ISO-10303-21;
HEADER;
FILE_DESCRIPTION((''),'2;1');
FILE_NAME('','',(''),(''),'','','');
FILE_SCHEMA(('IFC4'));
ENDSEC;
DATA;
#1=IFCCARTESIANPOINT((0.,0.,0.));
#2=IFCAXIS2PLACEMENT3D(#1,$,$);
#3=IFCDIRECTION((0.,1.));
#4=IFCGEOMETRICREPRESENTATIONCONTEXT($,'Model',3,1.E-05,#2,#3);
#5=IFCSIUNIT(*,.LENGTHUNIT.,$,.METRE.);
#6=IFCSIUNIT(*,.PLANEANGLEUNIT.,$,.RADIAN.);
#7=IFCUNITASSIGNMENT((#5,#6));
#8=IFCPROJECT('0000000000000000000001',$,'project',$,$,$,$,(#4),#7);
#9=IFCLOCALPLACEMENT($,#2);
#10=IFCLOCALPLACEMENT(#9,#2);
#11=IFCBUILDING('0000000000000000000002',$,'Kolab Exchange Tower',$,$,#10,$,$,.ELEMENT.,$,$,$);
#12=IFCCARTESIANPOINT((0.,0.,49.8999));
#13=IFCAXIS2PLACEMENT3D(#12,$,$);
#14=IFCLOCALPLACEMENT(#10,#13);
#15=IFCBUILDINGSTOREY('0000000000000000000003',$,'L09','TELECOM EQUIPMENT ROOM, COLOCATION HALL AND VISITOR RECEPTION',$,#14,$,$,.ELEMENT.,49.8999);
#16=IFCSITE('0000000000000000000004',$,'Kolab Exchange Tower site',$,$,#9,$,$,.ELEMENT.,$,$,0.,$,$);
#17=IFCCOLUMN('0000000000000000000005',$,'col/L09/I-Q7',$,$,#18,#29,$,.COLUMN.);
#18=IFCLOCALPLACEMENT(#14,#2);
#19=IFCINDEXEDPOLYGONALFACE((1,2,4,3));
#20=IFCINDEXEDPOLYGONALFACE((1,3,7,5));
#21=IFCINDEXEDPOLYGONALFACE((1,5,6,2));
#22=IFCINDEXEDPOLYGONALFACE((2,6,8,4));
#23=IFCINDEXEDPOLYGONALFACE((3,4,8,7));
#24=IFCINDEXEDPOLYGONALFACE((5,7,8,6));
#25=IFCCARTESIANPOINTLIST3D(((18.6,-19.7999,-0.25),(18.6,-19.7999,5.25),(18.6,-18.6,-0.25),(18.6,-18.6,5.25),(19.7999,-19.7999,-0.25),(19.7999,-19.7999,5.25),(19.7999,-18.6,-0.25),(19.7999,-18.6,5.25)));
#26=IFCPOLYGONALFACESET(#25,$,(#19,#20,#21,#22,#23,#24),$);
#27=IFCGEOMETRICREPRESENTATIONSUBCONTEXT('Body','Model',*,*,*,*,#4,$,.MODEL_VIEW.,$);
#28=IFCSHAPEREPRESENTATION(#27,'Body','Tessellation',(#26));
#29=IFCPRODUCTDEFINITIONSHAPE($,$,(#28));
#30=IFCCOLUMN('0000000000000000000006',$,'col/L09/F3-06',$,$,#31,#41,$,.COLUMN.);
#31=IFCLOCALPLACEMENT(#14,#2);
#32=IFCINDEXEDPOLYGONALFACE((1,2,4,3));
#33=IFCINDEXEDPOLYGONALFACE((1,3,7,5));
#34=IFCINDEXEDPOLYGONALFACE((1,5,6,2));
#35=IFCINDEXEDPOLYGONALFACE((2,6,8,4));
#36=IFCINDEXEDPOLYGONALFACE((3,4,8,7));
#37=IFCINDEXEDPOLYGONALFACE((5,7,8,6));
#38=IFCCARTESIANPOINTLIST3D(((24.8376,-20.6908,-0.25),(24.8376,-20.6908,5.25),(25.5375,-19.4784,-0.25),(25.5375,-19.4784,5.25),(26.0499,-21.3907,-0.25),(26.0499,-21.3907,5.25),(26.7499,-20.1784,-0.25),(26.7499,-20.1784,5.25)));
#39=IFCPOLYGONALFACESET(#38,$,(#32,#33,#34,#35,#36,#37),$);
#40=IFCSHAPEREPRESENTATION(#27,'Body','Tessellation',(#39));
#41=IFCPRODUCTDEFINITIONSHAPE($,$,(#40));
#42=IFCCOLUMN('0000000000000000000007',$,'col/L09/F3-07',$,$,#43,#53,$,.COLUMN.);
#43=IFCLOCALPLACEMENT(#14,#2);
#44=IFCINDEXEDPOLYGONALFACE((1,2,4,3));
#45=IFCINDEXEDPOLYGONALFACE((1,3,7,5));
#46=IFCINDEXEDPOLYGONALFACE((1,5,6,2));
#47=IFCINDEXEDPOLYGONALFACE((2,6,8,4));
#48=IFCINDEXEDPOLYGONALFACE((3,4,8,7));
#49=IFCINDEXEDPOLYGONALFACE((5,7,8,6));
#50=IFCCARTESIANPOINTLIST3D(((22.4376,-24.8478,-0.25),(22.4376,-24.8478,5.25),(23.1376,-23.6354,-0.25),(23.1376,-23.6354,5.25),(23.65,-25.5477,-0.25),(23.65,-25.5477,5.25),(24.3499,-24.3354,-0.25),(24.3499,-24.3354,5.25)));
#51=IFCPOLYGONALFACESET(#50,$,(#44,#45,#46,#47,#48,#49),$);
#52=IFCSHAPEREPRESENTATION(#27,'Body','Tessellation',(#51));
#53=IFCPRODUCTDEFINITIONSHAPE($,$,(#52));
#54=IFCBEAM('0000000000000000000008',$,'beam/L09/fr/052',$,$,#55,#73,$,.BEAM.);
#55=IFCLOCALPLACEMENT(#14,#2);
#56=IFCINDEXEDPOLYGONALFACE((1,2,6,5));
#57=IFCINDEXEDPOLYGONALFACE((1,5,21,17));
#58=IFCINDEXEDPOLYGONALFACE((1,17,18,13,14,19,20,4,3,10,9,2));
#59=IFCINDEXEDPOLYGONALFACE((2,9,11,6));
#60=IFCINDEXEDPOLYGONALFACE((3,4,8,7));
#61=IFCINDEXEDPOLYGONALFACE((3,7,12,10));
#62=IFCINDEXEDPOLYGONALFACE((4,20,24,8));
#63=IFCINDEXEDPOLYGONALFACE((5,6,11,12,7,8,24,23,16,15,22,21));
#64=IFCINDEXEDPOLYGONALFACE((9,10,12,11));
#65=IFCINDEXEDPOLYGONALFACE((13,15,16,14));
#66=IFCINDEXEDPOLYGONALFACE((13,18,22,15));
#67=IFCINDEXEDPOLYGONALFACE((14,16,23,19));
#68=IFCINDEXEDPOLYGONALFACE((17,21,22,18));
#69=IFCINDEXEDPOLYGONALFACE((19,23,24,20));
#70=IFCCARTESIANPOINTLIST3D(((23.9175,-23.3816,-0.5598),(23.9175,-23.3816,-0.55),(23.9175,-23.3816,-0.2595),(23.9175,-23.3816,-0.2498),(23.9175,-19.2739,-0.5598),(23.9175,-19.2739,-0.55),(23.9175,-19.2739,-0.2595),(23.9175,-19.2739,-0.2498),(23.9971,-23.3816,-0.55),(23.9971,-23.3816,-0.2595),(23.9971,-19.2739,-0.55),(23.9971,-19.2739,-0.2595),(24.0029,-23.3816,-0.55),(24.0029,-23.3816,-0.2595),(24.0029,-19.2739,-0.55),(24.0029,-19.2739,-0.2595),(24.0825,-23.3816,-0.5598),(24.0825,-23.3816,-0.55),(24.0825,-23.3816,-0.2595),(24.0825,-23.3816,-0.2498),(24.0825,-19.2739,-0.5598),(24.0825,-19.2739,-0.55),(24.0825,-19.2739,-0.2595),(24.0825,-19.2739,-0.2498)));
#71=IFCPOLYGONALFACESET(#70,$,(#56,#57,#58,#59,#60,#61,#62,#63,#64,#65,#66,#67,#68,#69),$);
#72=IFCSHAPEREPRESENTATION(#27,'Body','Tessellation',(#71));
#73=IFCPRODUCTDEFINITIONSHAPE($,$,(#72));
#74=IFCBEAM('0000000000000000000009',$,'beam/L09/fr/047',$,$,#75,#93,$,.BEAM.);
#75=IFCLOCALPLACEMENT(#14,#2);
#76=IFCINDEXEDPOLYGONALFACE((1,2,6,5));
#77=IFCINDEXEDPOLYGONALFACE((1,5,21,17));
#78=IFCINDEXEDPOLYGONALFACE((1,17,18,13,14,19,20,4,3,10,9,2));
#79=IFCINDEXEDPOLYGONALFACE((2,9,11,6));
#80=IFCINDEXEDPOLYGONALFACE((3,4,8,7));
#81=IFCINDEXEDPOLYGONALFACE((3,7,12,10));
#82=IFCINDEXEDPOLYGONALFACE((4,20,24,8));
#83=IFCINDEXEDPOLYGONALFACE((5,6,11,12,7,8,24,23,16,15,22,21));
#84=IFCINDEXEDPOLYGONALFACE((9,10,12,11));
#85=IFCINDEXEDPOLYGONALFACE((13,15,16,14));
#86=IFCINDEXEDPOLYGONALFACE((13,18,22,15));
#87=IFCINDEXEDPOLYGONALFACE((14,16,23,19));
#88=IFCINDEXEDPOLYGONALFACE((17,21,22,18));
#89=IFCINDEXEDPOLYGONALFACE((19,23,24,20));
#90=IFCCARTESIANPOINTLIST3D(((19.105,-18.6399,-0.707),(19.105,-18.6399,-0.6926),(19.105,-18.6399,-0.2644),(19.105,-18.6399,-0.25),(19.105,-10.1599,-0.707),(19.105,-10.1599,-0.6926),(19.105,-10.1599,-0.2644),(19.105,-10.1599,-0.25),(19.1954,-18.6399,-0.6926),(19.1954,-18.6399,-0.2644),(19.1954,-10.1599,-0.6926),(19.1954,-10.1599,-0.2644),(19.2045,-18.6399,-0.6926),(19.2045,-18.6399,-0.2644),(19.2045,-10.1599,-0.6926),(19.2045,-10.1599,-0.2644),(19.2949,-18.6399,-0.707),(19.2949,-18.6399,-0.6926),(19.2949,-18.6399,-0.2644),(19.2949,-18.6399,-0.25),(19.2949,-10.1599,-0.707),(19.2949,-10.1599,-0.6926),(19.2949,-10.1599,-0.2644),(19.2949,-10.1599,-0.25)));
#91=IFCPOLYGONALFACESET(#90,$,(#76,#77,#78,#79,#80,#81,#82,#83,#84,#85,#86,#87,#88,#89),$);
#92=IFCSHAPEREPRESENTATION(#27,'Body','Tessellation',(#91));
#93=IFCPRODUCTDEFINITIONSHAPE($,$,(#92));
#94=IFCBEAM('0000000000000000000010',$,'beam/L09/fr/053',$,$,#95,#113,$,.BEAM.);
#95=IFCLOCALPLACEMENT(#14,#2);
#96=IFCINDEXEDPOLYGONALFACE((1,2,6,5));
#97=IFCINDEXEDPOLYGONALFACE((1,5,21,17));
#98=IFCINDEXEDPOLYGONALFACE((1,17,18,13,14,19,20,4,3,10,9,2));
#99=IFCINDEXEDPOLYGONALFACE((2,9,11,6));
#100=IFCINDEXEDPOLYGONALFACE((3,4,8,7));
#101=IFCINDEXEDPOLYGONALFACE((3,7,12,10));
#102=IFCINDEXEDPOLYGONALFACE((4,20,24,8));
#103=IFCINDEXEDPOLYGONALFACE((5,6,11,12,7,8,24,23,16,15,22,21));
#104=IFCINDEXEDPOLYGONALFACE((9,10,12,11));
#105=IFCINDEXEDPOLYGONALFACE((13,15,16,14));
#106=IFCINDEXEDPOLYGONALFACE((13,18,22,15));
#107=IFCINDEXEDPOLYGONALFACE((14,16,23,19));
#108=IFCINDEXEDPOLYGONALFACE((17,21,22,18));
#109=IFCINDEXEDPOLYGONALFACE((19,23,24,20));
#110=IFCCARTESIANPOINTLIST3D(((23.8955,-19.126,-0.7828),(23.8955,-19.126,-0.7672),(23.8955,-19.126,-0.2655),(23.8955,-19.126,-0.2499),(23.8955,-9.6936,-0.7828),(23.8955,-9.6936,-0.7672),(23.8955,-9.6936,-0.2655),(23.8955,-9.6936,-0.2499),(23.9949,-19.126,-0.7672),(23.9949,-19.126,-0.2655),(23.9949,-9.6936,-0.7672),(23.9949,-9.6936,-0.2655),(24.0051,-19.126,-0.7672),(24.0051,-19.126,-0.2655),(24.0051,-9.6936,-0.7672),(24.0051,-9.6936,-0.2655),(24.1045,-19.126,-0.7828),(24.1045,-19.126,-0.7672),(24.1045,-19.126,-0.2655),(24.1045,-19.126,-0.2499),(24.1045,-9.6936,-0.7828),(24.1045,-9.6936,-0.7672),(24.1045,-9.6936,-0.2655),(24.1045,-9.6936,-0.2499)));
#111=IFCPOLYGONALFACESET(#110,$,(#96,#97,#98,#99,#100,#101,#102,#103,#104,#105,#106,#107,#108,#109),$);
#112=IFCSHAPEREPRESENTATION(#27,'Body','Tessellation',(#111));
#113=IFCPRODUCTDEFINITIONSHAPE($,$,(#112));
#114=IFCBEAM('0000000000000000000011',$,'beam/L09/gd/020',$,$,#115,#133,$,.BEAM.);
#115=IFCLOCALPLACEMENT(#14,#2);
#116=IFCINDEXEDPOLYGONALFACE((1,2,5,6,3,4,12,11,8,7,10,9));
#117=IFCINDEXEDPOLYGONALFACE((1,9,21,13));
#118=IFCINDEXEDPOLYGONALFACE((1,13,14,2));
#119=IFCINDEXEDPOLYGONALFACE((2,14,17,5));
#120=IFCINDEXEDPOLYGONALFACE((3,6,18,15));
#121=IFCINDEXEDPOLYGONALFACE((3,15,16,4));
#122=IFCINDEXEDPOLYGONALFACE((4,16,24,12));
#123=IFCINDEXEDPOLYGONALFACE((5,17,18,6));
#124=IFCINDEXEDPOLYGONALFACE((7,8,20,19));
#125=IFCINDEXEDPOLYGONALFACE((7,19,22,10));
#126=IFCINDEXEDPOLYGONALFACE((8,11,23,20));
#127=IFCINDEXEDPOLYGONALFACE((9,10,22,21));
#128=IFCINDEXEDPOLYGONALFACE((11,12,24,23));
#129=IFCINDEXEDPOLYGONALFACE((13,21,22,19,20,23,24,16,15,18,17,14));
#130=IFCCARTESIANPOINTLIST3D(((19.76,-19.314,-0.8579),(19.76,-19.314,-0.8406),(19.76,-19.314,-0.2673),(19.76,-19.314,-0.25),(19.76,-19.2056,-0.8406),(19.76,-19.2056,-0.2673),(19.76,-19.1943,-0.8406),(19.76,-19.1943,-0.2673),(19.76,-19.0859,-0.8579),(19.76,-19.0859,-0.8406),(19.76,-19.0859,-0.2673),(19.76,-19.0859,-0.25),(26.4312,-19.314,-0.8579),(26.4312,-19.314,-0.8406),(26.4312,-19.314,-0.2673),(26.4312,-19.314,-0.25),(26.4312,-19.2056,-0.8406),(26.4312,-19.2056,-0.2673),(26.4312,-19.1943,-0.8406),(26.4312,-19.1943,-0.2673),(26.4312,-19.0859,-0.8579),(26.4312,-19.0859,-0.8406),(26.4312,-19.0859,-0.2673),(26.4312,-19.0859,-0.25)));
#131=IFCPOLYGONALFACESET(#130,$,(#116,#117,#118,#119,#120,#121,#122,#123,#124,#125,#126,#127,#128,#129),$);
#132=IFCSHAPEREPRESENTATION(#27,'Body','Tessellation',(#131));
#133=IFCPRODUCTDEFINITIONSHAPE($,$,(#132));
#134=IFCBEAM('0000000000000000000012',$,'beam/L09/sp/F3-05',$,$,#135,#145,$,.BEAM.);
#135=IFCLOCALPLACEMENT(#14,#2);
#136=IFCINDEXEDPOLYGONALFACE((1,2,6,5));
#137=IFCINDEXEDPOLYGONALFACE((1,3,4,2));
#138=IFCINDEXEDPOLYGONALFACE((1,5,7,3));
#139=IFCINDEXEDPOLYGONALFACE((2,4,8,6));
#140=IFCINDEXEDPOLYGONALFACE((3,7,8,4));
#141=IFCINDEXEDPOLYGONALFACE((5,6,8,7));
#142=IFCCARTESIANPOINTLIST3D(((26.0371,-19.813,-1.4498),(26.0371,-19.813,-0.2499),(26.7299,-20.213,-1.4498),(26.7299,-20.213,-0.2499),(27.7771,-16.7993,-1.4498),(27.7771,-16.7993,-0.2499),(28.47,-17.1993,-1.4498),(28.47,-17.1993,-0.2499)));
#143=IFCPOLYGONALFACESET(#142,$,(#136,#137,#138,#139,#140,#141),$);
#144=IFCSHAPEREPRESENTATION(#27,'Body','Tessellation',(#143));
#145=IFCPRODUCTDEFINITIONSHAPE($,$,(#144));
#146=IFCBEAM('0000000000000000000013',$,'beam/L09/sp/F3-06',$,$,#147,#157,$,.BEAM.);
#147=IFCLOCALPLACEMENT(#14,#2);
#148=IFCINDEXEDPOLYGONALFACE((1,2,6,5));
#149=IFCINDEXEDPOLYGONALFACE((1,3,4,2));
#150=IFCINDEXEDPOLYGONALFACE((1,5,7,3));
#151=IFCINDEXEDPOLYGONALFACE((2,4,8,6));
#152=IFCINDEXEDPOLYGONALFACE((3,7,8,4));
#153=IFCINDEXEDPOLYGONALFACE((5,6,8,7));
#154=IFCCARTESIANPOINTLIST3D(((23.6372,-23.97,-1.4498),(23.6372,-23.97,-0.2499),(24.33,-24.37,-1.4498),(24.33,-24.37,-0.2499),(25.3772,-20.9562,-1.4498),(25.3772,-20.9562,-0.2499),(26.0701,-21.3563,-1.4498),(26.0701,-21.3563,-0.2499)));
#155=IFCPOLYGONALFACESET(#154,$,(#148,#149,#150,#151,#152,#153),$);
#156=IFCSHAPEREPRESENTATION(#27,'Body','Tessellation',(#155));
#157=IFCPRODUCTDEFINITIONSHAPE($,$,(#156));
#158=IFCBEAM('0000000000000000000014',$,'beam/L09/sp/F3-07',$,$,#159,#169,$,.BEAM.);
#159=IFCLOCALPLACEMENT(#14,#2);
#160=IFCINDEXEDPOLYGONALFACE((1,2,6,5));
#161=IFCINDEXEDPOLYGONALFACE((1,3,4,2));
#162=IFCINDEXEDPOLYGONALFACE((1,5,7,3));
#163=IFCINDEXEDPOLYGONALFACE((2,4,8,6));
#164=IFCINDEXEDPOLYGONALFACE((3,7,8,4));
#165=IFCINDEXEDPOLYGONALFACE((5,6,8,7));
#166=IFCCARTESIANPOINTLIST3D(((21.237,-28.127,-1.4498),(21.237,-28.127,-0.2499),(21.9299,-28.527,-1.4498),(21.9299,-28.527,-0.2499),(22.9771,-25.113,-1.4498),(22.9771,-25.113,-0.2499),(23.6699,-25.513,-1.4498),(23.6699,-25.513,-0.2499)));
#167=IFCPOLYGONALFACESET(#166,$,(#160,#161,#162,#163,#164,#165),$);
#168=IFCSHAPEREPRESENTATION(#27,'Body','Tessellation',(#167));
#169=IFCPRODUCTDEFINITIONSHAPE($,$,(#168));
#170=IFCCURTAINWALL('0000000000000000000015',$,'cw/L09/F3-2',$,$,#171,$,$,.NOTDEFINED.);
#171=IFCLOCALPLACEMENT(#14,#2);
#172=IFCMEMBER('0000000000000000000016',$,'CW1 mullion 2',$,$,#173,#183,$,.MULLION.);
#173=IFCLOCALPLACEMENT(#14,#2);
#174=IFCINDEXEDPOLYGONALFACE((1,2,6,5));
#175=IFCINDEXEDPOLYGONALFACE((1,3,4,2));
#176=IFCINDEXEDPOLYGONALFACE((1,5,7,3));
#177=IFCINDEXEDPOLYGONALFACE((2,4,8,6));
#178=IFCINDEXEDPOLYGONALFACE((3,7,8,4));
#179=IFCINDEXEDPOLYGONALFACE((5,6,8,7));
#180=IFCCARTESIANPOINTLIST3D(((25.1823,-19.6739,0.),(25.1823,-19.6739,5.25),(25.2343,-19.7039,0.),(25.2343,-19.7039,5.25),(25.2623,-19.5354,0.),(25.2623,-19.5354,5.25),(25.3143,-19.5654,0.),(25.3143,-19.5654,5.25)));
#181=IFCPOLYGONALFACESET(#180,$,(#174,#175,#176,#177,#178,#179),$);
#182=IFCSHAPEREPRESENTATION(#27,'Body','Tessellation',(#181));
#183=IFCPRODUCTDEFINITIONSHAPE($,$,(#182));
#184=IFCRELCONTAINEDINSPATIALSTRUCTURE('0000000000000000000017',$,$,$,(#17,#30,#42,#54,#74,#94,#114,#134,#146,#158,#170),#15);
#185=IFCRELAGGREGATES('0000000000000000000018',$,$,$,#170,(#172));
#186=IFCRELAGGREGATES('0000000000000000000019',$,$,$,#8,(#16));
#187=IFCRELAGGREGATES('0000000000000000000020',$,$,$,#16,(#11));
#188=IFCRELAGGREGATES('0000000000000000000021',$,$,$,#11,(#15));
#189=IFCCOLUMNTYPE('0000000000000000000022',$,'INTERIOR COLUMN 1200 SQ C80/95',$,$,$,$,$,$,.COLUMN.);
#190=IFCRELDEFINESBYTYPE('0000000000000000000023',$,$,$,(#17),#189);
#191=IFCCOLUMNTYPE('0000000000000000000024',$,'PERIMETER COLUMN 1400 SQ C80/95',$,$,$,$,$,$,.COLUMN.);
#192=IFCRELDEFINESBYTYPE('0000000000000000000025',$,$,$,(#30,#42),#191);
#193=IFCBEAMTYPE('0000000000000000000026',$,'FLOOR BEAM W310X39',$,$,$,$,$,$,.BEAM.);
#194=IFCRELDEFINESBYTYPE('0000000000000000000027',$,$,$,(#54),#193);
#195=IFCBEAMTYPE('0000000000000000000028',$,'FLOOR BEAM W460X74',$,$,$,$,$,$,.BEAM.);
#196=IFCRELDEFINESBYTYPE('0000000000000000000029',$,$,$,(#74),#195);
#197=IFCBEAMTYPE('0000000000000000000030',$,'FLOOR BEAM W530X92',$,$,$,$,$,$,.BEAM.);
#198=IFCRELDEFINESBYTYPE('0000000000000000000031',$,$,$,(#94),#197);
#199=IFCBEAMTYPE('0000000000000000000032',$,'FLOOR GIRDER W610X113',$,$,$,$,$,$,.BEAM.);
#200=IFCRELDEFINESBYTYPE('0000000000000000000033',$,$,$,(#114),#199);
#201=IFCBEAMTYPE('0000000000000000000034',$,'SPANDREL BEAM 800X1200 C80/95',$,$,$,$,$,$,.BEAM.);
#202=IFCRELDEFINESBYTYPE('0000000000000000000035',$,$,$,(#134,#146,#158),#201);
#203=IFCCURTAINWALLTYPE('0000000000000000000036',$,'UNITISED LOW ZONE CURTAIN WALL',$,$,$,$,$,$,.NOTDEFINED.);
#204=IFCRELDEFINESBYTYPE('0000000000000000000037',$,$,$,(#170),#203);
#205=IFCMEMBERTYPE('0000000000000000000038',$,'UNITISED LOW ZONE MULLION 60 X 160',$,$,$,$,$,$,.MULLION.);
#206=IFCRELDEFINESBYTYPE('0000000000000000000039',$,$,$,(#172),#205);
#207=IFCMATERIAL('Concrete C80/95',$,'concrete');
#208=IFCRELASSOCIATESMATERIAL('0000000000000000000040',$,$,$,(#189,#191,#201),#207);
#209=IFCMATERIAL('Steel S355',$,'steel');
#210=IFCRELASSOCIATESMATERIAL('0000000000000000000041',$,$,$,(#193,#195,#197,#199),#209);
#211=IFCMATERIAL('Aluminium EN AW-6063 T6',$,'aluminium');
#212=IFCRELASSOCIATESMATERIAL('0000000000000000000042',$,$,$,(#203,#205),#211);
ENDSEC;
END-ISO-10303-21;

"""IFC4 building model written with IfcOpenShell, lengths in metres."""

from ifc_helpers import new_model, si_unit, direction, frame, origin, origin_2d, place, context, subcontext, project, spatial, rectangle, i_section, extrude, material, material_profile, profile_set, type_object, element, aggregate, save


model = new_model("IFC4")

# Units and contexts
model_context = context("Model", 3, precision=1e-05, world=origin(), true_north=direction((0.0, 1.0)))
body_context = subcontext(model_context, "Body", "Model", "MODEL_VIEW")
ifc_project = project(units=[si_unit("LENGTHUNIT", "METRE"), si_unit("PLANEANGLEUNIT", "RADIAN")], contexts=[model_context])

# Site, building, storey
site_placement = place(None, origin())
site = spatial("IfcSite", under=ifc_project, at=site_placement, Name="Kolab Exchange Tower site", CompositionType="ELEMENT", RefElevation=0.0)
building_placement = place(site_placement, origin())
building = spatial("IfcBuilding", under=site, at=building_placement, Name="Kolab Exchange Tower", CompositionType="ELEMENT")
storey_placement = place(building_placement, frame((0.0, 0.0, 49.8999)))
storey = spatial("IfcBuildingStorey", under=building, at=storey_placement, Name="L09", Description="TELECOM EQUIPMENT ROOM, COLOCATION HALL AND VISITOR RECEPTION", CompositionType="ELEMENT", Elevation=49.8999)

# Columns
ifc_material_1 = material(Name="Concrete C80/95", Category="concrete")
ifc_material_profile_1 = material_profile(ifc_material_1, rectangle(XDim=1.2, YDim=1.2, at=origin_2d()), Name="RC1200")
ifc_profile_set_1 = profile_set([ifc_material_profile_1], Name="Concrete C80/95")
column_type_1 = type_object("IfcColumnType", Name="INTERIOR COLUMN 1200 SQ C80/95", PredefinedType="COLUMN", material=ifc_profile_set_1)
column_placement = place(storey_placement, frame((19.2, -19.2, -0.25), z_axis=(0.0, 0.0, 1.0), x_axis=(1.0, 0.0, 0.0)))
element("IfcColumn", 1, at=column_placement, inside=storey, type_object=column_type_1, Name="col/L09/I-Q7", PredefinedType="COLUMN", context=body_context, shape_type="SweptSolid", body=[
    extrude(rectangle(XDim=1.2, YDim=1.2, at=origin_2d()), origin(), (0.0, 0.0, 1.0), 5.5),
])
ifc_material_profile_2 = material_profile(ifc_material_1, rectangle(XDim=1.3999, YDim=1.3999, at=origin_2d()), Name="RC1400")
ifc_profile_set_2 = profile_set([ifc_material_profile_2], Name="Concrete C80/95")
column_type_2 = type_object("IfcColumnType", Name="PERIMETER COLUMN 1400 SQ C80/95", PredefinedType="COLUMN", material=ifc_profile_set_2)
for number, where, z_axis, x_axis, name in (
    (2, (25.7937, -20.4346, -0.25), (0.0, 0.0, 1.0), (0.5, 0.866025, 0.0), "col/L09/F3-06"),
    (3, (23.3938, -24.5916, -0.25), (0.0, 0.0, 1.0), (0.5, 0.866025, 0.0), "col/L09/F3-07"),
):
    element("IfcColumn", number, at=place(storey_placement, frame(where, z_axis=z_axis, x_axis=x_axis)), inside=storey, type_object=column_type_2, Name=name, PredefinedType="COLUMN", context=body_context, shape_type="SweptSolid", body=[
        extrude(rectangle(XDim=1.3999, YDim=1.3999, at=origin_2d()), origin(), (0.0, 0.0, 1.0), 5.5),
    ])

# Beams
ifc_material_2 = material(Name="Steel S355", Category="steel")
ifc_material_profile_3 = material_profile(ifc_material_2, i_section(OverallWidth=0.165, OverallDepth=0.3101, WebThickness=0.0059, FlangeThickness=0.0098, at=origin_2d()), Name="W310X39")
ifc_profile_set_3 = profile_set([ifc_material_profile_3], Name="Steel S355")
beam_type_1 = type_object("IfcBeamType", Name="FLOOR BEAM W310X39", PredefinedType="BEAM", material=ifc_profile_set_3)
beam_1_placement = place(storey_placement, frame((24.0, -23.3816, -0.4048), z_axis=(0.0, 1.0, 0.0), x_axis=(-1.0, 0.0, 0.0)))
element("IfcBeam", 4, at=beam_1_placement, inside=storey, type_object=beam_type_1, Name="beam/L09/fr/052", PredefinedType="BEAM", context=body_context, shape_type="SweptSolid", body=[
    extrude(i_section(OverallWidth=0.165, OverallDepth=0.3101, WebThickness=0.0059, FlangeThickness=0.0098, at=origin_2d()), origin(), (0.0, 0.0, 1.0), 4.1077),
])
ifc_material_profile_4 = material_profile(ifc_material_2, i_section(OverallWidth=0.1899, OverallDepth=0.457, WebThickness=0.009, FlangeThickness=0.0144, at=origin_2d()), Name="W460X74")
ifc_profile_set_4 = profile_set([ifc_material_profile_4], Name="Steel S355")
beam_type_2 = type_object("IfcBeamType", Name="FLOOR BEAM W460X74", PredefinedType="BEAM", material=ifc_profile_set_4)
beam_2_placement = place(storey_placement, frame((19.2, -18.6399, -0.4785), z_axis=(0.0, 1.0, 0.0), x_axis=(-1.0, 0.0, 0.0)))
element("IfcBeam", 5, at=beam_2_placement, inside=storey, type_object=beam_type_2, Name="beam/L09/fr/047", PredefinedType="BEAM", context=body_context, shape_type="SweptSolid", body=[
    extrude(i_section(OverallWidth=0.1899, OverallDepth=0.457, WebThickness=0.009, FlangeThickness=0.0144, at=origin_2d()), origin(), (0.0, 0.0, 1.0), 8.48),
])
ifc_material_profile_5 = material_profile(ifc_material_2, i_section(OverallWidth=0.209, OverallDepth=0.533, WebThickness=0.0103, FlangeThickness=0.0156, at=origin_2d()), Name="W530X92")
ifc_profile_set_5 = profile_set([ifc_material_profile_5], Name="Steel S355")
beam_type_3 = type_object("IfcBeamType", Name="FLOOR BEAM W530X92", PredefinedType="BEAM", material=ifc_profile_set_5)
beam_3_placement = place(storey_placement, frame((24.0, -19.126, -0.5164), z_axis=(0.0, 1.0, 0.0), x_axis=(-1.0, 0.0, 0.0)))
element("IfcBeam", 6, at=beam_3_placement, inside=storey, type_object=beam_type_3, Name="beam/L09/fr/053", PredefinedType="BEAM", context=body_context, shape_type="SweptSolid", body=[
    extrude(i_section(OverallWidth=0.209, OverallDepth=0.533, WebThickness=0.0103, FlangeThickness=0.0156, at=origin_2d()), origin(), (0.0, 0.0, 1.0), 9.4324),
])
ifc_material_profile_6 = material_profile(ifc_material_2, i_section(OverallWidth=0.228, OverallDepth=0.6079, WebThickness=0.0112, FlangeThickness=0.0173, at=origin_2d()), Name="W610X113")
ifc_profile_set_6 = profile_set([ifc_material_profile_6], Name="Steel S355")
beam_type_4 = type_object("IfcBeamType", Name="FLOOR GIRDER W610X113", PredefinedType="BEAM", material=ifc_profile_set_6)
beam_4_placement = place(storey_placement, frame((19.76, -19.2, -0.554), z_axis=(1.0, 0.0, 0.0), x_axis=(0.0, 1.0, 0.0)))
element("IfcBeam", 7, at=beam_4_placement, inside=storey, type_object=beam_type_4, Name="beam/L09/gd/020", PredefinedType="BEAM", context=body_context, shape_type="SweptSolid", body=[
    extrude(i_section(OverallWidth=0.228, OverallDepth=0.6079, WebThickness=0.0112, FlangeThickness=0.0173, at=origin_2d()), origin(), (0.0, 0.0, 1.0), 6.6711),
])
ifc_material_profile_7 = material_profile(ifc_material_1, rectangle(XDim=0.8, YDim=1.2, at=origin_2d()), Name="RC800X1200")
ifc_profile_set_7 = profile_set([ifc_material_profile_7], Name="Concrete C80/95")
beam_type_5 = type_object("IfcBeamType", Name="SPANDREL BEAM 800X1200 C80/95", PredefinedType="BEAM", material=ifc_profile_set_7)
for number, where, z_axis, x_axis, name in (
    (8, (28.1235, -16.9993, -0.8499), (-0.50001, -0.86602, 0.0), (0.86602, -0.50001, 0.0), "beam/L09/sp/F3-05"),
    (9, (25.7236, -21.1562, -0.8499), (-0.50001, -0.86602, 0.0), (0.86602, -0.50001, 0.0), "beam/L09/sp/F3-06"),
):
    element("IfcBeam", number, at=place(storey_placement, frame(where, z_axis=z_axis, x_axis=x_axis)), inside=storey, type_object=beam_type_5, Name=name, PredefinedType="BEAM", context=body_context, shape_type="SweptSolid", body=[
        extrude(rectangle(XDim=0.8, YDim=1.2, at=origin_2d()), origin(), (0.0, 0.0, 1.0), 3.48),
    ])
beam_5_placement = place(storey_placement, frame((23.3235, -25.313, -0.8499), z_axis=(-0.49998, -0.866037, 0.0), x_axis=(0.866037, -0.49998, 0.0)))
element("IfcBeam", 10, at=beam_5_placement, inside=storey, type_object=beam_type_5, Name="beam/L09/sp/F3-07", PredefinedType="BEAM", context=body_context, shape_type="SweptSolid", body=[
    extrude(rectangle(XDim=0.8, YDim=1.2, at=origin_2d()), origin(), (0.0, 0.0, 1.0), 3.4802),
])

# Curtain wall, member
ifc_material_3 = material(Name="Aluminium EN AW-6063 T6", Category="aluminium")
curtain_wall_type = type_object("IfcCurtainWallType", Name="UNITISED LOW ZONE CURTAIN WALL", PredefinedType="NOTDEFINED", material=ifc_material_3)
curtain_wall_placement = place(storey_placement, origin())
curtain_wall = element("IfcCurtainWall", 11, at=curtain_wall_placement, inside=storey, type_object=curtain_wall_type, Name="cw/L09/F3-2", PredefinedType="NOTDEFINED")
ifc_material_profile_8 = material_profile(ifc_material_3, rectangle(XDim=0.0601, YDim=0.1599, at=origin_2d()), Name="RECT 60X160")
ifc_profile_set_8 = profile_set([ifc_material_profile_8], Name="Aluminium EN AW-6063 T6")
member_type_1 = type_object("IfcMemberType", Name="UNITISED LOW ZONE MULLION 60 X 160", PredefinedType="MULLION", material=ifc_profile_set_8)
member_1_placement = place(storey_placement, frame((25.2483, -19.6196, 0.0), z_axis=(0.0, 0.0, 1.0), x_axis=(0.866025, -0.5, 0.0)))
member_1 = element("IfcMember", 12, at=member_1_placement, type_object=member_type_1, Name="CW1 mullion 2", PredefinedType="MULLION", context=body_context, shape_type="SweptSolid", body=[
    extrude(rectangle(XDim=0.0601, YDim=0.1599, at=origin_2d()), origin(), (0.0, 0.0, 1.0), 5.25),
])
aggregate(curtain_wall, [member_1])

save(model, "model.ifc")
